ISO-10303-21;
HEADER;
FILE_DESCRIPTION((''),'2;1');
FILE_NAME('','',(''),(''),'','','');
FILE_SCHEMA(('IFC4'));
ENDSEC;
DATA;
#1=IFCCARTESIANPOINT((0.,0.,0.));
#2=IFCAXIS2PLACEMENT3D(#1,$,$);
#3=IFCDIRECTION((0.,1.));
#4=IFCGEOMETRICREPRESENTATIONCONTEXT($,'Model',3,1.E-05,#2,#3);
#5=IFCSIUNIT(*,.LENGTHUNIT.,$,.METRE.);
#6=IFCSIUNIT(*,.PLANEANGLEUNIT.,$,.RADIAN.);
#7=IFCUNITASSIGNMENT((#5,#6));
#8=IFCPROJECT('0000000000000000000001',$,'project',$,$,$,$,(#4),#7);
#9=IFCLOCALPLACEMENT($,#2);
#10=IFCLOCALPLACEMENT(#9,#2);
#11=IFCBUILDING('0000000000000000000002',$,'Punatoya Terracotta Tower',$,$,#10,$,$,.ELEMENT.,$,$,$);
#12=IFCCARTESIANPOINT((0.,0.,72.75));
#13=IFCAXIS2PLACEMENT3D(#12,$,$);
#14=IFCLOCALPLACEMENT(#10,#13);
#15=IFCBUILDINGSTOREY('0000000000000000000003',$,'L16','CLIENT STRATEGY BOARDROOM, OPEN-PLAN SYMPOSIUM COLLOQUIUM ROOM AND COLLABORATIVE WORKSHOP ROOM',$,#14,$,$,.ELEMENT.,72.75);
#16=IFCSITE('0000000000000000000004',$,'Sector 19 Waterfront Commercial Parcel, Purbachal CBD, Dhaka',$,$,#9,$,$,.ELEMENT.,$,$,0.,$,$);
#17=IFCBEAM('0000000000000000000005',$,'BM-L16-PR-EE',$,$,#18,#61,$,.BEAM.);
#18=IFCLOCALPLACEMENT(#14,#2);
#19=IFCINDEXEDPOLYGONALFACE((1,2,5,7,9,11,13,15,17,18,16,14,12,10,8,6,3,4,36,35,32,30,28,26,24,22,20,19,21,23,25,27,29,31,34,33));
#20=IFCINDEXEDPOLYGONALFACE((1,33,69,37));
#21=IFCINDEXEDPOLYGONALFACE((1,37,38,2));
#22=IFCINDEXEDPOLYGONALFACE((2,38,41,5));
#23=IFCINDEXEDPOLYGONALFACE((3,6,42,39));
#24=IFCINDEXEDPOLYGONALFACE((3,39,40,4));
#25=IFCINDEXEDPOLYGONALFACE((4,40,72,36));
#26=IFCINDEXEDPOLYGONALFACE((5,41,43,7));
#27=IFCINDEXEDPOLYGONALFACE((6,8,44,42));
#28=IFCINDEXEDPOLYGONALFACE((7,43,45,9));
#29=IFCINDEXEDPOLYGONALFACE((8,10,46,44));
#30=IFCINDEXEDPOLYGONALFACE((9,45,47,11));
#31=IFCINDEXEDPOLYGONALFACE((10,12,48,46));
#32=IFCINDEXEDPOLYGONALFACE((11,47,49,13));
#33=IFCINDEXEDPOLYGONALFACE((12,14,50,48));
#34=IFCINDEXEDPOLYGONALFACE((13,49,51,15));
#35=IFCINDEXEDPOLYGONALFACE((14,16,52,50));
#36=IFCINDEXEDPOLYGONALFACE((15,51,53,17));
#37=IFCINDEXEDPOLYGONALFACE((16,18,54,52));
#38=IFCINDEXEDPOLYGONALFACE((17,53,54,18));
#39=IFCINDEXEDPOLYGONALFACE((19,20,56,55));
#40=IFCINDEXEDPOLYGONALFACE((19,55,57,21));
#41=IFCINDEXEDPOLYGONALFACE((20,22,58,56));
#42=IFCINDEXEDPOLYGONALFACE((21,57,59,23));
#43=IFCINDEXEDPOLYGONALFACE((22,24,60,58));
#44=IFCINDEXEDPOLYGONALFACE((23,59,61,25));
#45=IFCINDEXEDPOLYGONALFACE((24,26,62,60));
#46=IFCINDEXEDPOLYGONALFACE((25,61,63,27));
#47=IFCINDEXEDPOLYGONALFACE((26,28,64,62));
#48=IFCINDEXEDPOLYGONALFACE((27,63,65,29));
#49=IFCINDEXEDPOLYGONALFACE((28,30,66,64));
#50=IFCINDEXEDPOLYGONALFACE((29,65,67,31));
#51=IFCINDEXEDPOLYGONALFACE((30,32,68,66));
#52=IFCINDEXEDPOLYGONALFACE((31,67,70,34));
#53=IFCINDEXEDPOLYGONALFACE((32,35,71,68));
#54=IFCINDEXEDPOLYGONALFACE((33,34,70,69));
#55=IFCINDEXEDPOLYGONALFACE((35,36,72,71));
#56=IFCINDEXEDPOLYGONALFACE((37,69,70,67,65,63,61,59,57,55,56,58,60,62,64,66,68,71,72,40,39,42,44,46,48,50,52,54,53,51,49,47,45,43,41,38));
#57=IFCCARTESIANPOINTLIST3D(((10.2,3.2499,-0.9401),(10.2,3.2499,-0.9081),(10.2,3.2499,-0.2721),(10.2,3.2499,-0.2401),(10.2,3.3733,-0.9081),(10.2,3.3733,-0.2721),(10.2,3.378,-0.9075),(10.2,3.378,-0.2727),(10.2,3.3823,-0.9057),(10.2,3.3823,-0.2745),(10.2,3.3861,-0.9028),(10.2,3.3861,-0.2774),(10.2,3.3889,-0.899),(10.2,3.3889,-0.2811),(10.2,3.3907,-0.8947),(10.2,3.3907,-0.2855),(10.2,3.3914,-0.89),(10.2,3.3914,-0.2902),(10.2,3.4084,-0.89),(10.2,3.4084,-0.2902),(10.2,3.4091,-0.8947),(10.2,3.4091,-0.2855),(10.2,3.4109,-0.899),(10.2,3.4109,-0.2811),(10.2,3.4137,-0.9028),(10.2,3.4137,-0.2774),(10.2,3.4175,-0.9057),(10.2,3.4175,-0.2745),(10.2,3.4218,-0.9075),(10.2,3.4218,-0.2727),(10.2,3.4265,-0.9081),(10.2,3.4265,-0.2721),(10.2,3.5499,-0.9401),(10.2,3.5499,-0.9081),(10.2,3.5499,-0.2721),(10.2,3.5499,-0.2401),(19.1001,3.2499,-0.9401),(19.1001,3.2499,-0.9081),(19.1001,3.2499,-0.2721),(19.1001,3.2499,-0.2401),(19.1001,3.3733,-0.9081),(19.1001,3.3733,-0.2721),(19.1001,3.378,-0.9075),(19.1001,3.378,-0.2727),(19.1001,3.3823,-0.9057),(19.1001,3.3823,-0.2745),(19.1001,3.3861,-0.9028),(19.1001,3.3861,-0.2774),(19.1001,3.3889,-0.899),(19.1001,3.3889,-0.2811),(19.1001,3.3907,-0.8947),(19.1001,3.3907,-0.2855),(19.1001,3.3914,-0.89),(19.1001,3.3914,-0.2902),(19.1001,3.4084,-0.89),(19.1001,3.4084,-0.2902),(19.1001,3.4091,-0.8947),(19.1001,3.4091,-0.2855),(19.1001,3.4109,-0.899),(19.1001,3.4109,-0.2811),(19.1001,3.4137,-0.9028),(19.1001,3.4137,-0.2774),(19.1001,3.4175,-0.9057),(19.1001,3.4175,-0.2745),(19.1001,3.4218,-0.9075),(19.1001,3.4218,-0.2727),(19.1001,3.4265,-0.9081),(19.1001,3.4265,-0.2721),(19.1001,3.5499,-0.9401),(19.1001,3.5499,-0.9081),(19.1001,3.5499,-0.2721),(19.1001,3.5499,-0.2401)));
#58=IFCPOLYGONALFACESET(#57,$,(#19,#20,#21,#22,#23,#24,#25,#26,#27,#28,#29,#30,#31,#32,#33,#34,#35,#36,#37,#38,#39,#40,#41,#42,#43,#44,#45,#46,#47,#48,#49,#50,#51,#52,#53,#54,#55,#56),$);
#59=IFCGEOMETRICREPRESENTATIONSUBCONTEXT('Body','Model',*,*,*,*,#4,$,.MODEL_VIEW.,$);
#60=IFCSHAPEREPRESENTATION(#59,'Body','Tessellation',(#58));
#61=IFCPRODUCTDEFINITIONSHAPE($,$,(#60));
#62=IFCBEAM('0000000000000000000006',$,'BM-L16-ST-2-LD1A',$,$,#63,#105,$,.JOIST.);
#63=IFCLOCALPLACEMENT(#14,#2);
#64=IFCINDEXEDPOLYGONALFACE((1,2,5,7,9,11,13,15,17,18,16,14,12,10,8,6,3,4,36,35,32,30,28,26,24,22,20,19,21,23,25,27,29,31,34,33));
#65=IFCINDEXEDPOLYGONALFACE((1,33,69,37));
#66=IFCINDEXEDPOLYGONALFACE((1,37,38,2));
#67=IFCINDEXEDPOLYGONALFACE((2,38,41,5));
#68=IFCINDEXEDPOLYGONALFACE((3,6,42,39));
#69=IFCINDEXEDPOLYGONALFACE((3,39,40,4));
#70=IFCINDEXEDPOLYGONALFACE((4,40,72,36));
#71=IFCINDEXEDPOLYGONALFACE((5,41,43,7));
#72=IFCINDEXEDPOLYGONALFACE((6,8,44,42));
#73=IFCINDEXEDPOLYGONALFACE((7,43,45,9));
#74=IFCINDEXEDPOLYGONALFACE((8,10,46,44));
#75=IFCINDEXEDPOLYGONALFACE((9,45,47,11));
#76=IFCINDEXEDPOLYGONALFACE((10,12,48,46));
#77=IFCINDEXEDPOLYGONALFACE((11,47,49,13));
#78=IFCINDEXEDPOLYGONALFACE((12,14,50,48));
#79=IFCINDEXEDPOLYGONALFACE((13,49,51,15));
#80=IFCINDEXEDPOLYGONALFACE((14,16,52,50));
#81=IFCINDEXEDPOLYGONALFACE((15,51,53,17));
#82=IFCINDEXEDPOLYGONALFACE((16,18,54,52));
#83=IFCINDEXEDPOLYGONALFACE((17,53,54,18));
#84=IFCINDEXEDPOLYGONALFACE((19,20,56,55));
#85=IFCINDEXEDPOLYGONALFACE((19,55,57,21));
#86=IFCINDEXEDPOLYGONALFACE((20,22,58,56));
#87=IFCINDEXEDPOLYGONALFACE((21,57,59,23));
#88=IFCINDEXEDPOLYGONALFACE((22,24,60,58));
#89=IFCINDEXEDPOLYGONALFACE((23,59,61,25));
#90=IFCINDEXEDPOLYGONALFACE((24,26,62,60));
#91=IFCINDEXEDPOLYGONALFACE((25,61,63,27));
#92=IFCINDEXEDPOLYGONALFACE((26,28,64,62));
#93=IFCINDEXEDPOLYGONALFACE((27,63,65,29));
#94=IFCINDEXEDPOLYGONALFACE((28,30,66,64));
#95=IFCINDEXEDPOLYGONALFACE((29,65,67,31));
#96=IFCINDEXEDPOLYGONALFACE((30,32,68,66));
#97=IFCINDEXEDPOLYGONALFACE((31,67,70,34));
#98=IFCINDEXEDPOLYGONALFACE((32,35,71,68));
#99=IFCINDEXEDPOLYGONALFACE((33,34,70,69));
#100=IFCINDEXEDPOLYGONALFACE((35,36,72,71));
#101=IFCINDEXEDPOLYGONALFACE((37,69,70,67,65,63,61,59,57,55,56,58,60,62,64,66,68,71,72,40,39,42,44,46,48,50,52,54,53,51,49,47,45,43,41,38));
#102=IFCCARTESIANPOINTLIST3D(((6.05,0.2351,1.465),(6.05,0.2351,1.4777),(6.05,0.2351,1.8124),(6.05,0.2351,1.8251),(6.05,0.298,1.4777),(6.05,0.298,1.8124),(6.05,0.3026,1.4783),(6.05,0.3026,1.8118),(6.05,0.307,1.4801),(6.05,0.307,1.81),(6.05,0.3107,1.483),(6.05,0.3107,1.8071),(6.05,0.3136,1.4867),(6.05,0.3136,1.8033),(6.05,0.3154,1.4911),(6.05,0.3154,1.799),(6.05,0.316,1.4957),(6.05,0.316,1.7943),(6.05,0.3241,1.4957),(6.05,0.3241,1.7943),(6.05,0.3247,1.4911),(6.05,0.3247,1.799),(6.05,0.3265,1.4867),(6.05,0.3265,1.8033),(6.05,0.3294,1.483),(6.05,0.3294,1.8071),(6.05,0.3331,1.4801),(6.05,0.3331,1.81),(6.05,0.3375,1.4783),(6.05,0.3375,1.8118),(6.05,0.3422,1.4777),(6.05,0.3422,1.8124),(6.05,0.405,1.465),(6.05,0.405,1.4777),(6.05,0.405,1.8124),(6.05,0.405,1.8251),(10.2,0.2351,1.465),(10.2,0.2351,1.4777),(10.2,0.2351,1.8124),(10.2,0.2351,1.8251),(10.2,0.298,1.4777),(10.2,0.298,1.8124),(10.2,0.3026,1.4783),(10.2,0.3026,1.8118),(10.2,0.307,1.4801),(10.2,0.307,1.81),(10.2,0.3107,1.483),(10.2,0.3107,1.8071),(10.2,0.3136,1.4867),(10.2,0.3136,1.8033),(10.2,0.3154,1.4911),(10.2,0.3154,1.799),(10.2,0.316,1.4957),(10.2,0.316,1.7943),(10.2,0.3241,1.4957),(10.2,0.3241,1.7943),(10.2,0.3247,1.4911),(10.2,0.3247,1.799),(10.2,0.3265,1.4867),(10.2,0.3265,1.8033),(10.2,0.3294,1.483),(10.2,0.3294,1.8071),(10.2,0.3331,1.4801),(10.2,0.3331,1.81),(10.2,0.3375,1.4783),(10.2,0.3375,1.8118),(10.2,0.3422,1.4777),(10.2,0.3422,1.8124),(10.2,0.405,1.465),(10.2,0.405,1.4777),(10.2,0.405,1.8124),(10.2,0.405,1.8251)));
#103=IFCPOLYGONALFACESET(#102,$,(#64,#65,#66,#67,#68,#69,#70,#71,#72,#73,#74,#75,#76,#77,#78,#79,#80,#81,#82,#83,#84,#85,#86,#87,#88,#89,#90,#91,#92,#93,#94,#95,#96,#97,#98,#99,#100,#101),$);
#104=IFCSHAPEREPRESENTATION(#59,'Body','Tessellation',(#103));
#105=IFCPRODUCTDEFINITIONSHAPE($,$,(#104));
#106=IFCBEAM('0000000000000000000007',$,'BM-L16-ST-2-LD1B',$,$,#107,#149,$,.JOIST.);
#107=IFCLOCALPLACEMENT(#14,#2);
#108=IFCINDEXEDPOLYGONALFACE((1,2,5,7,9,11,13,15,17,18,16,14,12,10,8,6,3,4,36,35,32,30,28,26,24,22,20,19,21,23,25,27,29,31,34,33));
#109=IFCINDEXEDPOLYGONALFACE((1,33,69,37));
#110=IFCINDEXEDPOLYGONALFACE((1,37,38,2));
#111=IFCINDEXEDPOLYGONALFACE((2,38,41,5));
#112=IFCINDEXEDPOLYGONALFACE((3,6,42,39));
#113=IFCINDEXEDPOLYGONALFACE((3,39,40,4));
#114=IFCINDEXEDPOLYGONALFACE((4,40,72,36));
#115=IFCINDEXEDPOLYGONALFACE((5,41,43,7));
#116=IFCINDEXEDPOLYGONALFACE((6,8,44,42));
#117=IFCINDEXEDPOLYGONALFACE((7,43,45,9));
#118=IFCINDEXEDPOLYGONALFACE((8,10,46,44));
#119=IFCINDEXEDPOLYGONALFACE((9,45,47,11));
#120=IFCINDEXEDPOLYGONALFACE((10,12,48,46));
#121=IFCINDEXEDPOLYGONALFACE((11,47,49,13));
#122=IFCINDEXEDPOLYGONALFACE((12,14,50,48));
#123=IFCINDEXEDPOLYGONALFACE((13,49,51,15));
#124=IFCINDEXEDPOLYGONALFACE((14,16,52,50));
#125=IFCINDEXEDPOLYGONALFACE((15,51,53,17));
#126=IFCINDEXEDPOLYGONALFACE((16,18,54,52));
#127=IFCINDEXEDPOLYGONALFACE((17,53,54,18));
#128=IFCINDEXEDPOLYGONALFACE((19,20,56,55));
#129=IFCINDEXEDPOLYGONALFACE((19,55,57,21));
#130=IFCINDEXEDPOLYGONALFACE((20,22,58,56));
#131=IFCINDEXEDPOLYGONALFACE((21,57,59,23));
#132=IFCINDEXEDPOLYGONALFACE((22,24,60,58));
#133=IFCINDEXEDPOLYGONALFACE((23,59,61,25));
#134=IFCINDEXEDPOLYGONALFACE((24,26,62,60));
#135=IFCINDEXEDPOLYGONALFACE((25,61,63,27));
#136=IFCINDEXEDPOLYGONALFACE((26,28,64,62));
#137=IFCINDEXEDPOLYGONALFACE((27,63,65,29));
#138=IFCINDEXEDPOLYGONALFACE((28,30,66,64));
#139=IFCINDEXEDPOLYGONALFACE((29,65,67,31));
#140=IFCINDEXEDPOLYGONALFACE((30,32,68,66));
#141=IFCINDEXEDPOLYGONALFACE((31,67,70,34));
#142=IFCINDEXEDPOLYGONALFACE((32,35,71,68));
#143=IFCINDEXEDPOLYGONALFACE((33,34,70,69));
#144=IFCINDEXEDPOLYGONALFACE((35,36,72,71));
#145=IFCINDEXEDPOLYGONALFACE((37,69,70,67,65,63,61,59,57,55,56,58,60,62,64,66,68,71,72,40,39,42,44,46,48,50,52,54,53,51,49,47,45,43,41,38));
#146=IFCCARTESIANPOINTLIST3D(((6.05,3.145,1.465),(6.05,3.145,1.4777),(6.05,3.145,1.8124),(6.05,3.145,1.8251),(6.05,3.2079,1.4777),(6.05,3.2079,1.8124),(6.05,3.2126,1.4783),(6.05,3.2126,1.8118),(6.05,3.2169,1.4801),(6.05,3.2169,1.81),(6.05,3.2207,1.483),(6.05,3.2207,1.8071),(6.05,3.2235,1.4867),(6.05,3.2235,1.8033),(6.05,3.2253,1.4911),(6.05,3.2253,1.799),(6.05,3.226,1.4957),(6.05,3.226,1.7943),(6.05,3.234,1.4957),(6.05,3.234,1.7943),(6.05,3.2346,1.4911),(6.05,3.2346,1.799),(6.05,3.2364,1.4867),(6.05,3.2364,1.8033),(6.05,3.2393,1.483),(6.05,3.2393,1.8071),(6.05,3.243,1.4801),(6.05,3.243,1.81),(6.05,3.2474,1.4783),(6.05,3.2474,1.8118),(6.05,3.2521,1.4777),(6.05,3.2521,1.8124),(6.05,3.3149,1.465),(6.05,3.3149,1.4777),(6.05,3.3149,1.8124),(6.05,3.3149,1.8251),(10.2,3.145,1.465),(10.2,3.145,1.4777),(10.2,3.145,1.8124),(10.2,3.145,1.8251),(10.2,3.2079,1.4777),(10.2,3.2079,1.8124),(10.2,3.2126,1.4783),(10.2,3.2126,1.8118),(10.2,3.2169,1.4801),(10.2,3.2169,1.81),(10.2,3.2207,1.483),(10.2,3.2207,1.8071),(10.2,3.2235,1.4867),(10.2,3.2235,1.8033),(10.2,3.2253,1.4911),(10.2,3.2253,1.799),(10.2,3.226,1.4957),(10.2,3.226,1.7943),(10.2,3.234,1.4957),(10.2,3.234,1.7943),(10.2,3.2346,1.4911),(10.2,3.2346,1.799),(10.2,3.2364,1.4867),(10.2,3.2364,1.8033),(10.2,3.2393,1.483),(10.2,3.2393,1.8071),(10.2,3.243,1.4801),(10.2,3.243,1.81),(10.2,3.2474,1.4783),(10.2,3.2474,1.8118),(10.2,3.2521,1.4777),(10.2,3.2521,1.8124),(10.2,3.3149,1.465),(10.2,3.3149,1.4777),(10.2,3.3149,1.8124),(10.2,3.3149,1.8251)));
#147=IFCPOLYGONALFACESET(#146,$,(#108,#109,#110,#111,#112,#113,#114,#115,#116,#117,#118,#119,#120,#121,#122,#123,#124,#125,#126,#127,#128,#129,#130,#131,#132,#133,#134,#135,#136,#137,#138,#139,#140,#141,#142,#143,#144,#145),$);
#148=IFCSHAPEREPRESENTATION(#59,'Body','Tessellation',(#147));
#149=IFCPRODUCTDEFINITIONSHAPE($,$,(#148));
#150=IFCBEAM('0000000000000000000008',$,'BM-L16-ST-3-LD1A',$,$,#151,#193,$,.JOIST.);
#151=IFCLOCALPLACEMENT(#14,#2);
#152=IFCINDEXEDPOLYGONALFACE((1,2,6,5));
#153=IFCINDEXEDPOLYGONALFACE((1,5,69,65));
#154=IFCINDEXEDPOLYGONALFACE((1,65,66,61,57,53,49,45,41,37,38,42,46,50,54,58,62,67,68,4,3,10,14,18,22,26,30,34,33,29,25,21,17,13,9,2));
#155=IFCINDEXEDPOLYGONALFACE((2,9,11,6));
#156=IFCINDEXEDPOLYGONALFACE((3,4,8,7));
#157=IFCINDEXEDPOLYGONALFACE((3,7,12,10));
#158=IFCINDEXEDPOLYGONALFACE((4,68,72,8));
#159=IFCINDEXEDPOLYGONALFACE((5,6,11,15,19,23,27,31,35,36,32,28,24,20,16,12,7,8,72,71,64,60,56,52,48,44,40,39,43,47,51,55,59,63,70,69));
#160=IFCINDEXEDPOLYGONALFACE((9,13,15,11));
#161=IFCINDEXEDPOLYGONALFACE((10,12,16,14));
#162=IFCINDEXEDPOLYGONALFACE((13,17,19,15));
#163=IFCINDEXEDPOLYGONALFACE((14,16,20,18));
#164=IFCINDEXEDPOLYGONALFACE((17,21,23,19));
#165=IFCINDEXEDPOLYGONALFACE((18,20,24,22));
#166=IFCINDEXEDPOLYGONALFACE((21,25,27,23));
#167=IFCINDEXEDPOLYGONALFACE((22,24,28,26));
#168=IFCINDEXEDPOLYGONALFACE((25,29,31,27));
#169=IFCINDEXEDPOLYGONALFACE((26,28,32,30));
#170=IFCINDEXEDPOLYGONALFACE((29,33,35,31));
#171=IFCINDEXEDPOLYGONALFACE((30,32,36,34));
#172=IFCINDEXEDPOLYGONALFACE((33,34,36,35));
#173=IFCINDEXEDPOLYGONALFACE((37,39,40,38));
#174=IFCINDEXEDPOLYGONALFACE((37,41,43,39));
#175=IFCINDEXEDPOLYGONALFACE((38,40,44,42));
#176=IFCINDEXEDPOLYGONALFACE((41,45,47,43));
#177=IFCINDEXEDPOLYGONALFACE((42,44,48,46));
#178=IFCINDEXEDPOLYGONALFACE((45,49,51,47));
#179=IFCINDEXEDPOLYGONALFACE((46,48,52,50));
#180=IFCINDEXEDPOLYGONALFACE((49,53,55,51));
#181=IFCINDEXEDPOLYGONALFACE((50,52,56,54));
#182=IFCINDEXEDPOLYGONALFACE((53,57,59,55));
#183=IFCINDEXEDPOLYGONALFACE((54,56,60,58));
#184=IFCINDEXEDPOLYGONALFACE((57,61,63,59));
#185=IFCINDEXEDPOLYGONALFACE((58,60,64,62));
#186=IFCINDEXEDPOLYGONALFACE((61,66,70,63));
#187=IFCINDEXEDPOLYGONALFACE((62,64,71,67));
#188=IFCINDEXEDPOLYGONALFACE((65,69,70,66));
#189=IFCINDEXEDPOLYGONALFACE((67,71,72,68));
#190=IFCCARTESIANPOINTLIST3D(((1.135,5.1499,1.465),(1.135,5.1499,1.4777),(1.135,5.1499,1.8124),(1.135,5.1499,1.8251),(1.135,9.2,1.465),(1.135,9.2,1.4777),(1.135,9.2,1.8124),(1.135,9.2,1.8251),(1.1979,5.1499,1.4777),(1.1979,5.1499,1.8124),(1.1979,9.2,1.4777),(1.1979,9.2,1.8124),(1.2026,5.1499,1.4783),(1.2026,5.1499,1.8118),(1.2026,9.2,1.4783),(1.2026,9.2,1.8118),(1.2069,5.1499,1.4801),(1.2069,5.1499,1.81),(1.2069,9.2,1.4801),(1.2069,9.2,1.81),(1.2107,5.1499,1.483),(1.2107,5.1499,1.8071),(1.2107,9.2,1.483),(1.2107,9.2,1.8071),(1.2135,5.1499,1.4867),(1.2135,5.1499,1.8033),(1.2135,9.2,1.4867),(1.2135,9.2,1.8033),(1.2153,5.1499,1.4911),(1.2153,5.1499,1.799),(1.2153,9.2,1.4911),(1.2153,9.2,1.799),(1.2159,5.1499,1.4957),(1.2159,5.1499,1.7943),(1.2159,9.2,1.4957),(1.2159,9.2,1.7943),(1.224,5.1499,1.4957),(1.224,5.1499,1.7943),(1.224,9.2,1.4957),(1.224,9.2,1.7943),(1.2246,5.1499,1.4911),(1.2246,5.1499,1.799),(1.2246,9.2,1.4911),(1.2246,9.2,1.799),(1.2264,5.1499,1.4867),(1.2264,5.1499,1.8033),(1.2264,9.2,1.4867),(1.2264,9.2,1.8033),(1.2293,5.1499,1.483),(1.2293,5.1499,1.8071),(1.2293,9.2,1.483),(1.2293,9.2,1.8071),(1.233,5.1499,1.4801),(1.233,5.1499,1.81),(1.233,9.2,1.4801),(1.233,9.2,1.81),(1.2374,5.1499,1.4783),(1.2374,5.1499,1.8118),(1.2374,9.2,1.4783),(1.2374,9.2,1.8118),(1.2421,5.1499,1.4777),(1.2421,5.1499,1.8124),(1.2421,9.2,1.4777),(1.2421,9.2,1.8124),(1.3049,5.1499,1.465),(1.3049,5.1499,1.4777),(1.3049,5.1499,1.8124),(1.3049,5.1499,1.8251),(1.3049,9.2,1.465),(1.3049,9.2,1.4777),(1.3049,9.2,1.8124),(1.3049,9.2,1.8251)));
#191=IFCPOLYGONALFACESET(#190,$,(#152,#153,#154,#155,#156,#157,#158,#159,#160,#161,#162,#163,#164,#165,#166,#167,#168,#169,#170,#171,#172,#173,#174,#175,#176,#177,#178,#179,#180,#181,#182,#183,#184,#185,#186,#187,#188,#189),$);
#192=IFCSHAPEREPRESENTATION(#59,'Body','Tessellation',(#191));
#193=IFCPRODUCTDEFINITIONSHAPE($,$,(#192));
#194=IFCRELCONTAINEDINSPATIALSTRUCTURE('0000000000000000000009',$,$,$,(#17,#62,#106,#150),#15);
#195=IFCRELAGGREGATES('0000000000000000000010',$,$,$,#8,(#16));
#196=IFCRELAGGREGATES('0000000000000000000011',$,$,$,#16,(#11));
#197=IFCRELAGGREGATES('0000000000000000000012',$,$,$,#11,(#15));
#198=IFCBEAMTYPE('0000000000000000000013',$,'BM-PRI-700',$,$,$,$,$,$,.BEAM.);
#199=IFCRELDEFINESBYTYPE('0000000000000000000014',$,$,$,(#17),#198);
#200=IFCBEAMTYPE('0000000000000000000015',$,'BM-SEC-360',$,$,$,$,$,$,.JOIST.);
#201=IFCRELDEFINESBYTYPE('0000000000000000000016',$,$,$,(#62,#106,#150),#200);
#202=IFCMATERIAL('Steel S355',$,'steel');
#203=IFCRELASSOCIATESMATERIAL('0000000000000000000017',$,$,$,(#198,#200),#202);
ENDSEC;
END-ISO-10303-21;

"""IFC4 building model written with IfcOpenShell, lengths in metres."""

from ifc_helpers import new_model, si_unit, direction, frame, origin, origin_2d, place, context, subcontext, project, spatial, i_section, extrude, material, material_profile, profile_set, type_object, element, save


model = new_model("IFC4")

# Units and contexts
model_context = context("Model", 3, precision=1e-05, world=origin(), true_north=direction((0.0, 1.0)))
body_context = subcontext(model_context, "Body", "Model", "MODEL_VIEW")
ifc_project = project(units=[si_unit("LENGTHUNIT", "METRE"), si_unit("PLANEANGLEUNIT", "RADIAN")], contexts=[model_context])

# Site, building, storey
site_placement = place(None, origin())
site = spatial("IfcSite", under=ifc_project, at=site_placement, Name="Sector 19 Waterfront Commercial Parcel, Purbachal CBD, Dhaka", CompositionType="ELEMENT", RefElevation=0.0)
building_placement = place(site_placement, origin())
building = spatial("IfcBuilding", under=site, at=building_placement, Name="Punatoya Terracotta Tower", CompositionType="ELEMENT")
storey_placement = place(building_placement, frame((0.0, 0.0, 72.75)))
storey = spatial("IfcBuildingStorey", under=building, at=storey_placement, Name="L16", Description="CLIENT STRATEGY BOARDROOM, OPEN-PLAN SYMPOSIUM COLLOQUIUM ROOM AND COLLABORATIVE WORKSHOP ROOM", CompositionType="ELEMENT", Elevation=72.75)

# Beams
ifc_material_1 = material(Name="Steel S355", Category="steel")
ifc_material_profile_1 = material_profile(ifc_material_1, i_section(OverallWidth=0.3, OverallDepth=0.7, WebThickness=0.0171, FlangeThickness=0.032, FilletRadius=0.0181, at=origin_2d()))
ifc_profile_set_1 = profile_set([ifc_material_profile_1], Name="Steel S355")
beam_type_1 = type_object("IfcBeamType", Name="BM-PRI-700", PredefinedType="BEAM", material=ifc_profile_set_1)
beam_placement = place(storey_placement, frame((10.2, 3.3999, -0.5901), z_axis=(1.0, 0.0, 0.0), x_axis=(0.0, 1.0, 0.0)))
element("IfcBeam", 1, at=beam_placement, inside=storey, type_object=beam_type_1, Name="BM-L16-PR-EE", PredefinedType="BEAM", context=body_context, shape_type="SweptSolid", body=[
    extrude(i_section(OverallWidth=0.3, OverallDepth=0.7, WebThickness=0.0171, FlangeThickness=0.032, FilletRadius=0.0181, at=origin_2d()), origin(), (0.0, 0.0, 1.0), 8.9001),
])
ifc_material_profile_2 = material_profile(ifc_material_1, i_section(OverallWidth=0.1699, OverallDepth=0.3601, WebThickness=0.0081, FlangeThickness=0.0127, FilletRadius=0.0181, at=origin_2d()))
ifc_profile_set_2 = profile_set([ifc_material_profile_2], Name="Steel S355")
beam_type_2 = type_object("IfcBeamType", Name="BM-SEC-360", PredefinedType="JOIST", material=ifc_profile_set_2)
for number, where, z_axis, x_axis, name in (
    (2, (6.05, 0.3201, 1.645), (1.0, 0.0, 0.0), (0.0, 1.0, 0.0), "BM-L16-ST-2-LD1A"),
    (3, (6.05, 3.23, 1.645), (1.0, 0.0, 0.0), (0.0, 1.0, 0.0), "BM-L16-ST-2-LD1B"),
):
    element("IfcBeam", number, at=place(storey_placement, frame(where, z_axis=z_axis, x_axis=x_axis)), inside=storey, type_object=beam_type_2, Name=name, PredefinedType="JOIST", context=body_context, shape_type="SweptSolid", body=[
        extrude(i_section(OverallWidth=0.1699, OverallDepth=0.3601, WebThickness=0.0081, FlangeThickness=0.0127, FilletRadius=0.0181, at=origin_2d()), origin(), (0.0, 0.0, 1.0), 4.1499),
    ])
for number, where, z_axis, x_axis, name in (
    (4, (1.22, 5.1499, 1.645), (0.0, 1.0, 0.0), (-1.0, 0.0, 0.0), "BM-L16-ST-3-LD1A"),
):
    element("IfcBeam", number, at=place(storey_placement, frame(where, z_axis=z_axis, x_axis=x_axis)), inside=storey, type_object=beam_type_2, Name=name, PredefinedType="JOIST", context=body_context, shape_type="SweptSolid", body=[
        extrude(i_section(OverallWidth=0.1699, OverallDepth=0.3601, WebThickness=0.0081, FlangeThickness=0.0127, FilletRadius=0.0181, at=origin_2d()), origin(), (0.0, 0.0, 1.0), 4.05),
    ])

save(model, "model.ifc")
